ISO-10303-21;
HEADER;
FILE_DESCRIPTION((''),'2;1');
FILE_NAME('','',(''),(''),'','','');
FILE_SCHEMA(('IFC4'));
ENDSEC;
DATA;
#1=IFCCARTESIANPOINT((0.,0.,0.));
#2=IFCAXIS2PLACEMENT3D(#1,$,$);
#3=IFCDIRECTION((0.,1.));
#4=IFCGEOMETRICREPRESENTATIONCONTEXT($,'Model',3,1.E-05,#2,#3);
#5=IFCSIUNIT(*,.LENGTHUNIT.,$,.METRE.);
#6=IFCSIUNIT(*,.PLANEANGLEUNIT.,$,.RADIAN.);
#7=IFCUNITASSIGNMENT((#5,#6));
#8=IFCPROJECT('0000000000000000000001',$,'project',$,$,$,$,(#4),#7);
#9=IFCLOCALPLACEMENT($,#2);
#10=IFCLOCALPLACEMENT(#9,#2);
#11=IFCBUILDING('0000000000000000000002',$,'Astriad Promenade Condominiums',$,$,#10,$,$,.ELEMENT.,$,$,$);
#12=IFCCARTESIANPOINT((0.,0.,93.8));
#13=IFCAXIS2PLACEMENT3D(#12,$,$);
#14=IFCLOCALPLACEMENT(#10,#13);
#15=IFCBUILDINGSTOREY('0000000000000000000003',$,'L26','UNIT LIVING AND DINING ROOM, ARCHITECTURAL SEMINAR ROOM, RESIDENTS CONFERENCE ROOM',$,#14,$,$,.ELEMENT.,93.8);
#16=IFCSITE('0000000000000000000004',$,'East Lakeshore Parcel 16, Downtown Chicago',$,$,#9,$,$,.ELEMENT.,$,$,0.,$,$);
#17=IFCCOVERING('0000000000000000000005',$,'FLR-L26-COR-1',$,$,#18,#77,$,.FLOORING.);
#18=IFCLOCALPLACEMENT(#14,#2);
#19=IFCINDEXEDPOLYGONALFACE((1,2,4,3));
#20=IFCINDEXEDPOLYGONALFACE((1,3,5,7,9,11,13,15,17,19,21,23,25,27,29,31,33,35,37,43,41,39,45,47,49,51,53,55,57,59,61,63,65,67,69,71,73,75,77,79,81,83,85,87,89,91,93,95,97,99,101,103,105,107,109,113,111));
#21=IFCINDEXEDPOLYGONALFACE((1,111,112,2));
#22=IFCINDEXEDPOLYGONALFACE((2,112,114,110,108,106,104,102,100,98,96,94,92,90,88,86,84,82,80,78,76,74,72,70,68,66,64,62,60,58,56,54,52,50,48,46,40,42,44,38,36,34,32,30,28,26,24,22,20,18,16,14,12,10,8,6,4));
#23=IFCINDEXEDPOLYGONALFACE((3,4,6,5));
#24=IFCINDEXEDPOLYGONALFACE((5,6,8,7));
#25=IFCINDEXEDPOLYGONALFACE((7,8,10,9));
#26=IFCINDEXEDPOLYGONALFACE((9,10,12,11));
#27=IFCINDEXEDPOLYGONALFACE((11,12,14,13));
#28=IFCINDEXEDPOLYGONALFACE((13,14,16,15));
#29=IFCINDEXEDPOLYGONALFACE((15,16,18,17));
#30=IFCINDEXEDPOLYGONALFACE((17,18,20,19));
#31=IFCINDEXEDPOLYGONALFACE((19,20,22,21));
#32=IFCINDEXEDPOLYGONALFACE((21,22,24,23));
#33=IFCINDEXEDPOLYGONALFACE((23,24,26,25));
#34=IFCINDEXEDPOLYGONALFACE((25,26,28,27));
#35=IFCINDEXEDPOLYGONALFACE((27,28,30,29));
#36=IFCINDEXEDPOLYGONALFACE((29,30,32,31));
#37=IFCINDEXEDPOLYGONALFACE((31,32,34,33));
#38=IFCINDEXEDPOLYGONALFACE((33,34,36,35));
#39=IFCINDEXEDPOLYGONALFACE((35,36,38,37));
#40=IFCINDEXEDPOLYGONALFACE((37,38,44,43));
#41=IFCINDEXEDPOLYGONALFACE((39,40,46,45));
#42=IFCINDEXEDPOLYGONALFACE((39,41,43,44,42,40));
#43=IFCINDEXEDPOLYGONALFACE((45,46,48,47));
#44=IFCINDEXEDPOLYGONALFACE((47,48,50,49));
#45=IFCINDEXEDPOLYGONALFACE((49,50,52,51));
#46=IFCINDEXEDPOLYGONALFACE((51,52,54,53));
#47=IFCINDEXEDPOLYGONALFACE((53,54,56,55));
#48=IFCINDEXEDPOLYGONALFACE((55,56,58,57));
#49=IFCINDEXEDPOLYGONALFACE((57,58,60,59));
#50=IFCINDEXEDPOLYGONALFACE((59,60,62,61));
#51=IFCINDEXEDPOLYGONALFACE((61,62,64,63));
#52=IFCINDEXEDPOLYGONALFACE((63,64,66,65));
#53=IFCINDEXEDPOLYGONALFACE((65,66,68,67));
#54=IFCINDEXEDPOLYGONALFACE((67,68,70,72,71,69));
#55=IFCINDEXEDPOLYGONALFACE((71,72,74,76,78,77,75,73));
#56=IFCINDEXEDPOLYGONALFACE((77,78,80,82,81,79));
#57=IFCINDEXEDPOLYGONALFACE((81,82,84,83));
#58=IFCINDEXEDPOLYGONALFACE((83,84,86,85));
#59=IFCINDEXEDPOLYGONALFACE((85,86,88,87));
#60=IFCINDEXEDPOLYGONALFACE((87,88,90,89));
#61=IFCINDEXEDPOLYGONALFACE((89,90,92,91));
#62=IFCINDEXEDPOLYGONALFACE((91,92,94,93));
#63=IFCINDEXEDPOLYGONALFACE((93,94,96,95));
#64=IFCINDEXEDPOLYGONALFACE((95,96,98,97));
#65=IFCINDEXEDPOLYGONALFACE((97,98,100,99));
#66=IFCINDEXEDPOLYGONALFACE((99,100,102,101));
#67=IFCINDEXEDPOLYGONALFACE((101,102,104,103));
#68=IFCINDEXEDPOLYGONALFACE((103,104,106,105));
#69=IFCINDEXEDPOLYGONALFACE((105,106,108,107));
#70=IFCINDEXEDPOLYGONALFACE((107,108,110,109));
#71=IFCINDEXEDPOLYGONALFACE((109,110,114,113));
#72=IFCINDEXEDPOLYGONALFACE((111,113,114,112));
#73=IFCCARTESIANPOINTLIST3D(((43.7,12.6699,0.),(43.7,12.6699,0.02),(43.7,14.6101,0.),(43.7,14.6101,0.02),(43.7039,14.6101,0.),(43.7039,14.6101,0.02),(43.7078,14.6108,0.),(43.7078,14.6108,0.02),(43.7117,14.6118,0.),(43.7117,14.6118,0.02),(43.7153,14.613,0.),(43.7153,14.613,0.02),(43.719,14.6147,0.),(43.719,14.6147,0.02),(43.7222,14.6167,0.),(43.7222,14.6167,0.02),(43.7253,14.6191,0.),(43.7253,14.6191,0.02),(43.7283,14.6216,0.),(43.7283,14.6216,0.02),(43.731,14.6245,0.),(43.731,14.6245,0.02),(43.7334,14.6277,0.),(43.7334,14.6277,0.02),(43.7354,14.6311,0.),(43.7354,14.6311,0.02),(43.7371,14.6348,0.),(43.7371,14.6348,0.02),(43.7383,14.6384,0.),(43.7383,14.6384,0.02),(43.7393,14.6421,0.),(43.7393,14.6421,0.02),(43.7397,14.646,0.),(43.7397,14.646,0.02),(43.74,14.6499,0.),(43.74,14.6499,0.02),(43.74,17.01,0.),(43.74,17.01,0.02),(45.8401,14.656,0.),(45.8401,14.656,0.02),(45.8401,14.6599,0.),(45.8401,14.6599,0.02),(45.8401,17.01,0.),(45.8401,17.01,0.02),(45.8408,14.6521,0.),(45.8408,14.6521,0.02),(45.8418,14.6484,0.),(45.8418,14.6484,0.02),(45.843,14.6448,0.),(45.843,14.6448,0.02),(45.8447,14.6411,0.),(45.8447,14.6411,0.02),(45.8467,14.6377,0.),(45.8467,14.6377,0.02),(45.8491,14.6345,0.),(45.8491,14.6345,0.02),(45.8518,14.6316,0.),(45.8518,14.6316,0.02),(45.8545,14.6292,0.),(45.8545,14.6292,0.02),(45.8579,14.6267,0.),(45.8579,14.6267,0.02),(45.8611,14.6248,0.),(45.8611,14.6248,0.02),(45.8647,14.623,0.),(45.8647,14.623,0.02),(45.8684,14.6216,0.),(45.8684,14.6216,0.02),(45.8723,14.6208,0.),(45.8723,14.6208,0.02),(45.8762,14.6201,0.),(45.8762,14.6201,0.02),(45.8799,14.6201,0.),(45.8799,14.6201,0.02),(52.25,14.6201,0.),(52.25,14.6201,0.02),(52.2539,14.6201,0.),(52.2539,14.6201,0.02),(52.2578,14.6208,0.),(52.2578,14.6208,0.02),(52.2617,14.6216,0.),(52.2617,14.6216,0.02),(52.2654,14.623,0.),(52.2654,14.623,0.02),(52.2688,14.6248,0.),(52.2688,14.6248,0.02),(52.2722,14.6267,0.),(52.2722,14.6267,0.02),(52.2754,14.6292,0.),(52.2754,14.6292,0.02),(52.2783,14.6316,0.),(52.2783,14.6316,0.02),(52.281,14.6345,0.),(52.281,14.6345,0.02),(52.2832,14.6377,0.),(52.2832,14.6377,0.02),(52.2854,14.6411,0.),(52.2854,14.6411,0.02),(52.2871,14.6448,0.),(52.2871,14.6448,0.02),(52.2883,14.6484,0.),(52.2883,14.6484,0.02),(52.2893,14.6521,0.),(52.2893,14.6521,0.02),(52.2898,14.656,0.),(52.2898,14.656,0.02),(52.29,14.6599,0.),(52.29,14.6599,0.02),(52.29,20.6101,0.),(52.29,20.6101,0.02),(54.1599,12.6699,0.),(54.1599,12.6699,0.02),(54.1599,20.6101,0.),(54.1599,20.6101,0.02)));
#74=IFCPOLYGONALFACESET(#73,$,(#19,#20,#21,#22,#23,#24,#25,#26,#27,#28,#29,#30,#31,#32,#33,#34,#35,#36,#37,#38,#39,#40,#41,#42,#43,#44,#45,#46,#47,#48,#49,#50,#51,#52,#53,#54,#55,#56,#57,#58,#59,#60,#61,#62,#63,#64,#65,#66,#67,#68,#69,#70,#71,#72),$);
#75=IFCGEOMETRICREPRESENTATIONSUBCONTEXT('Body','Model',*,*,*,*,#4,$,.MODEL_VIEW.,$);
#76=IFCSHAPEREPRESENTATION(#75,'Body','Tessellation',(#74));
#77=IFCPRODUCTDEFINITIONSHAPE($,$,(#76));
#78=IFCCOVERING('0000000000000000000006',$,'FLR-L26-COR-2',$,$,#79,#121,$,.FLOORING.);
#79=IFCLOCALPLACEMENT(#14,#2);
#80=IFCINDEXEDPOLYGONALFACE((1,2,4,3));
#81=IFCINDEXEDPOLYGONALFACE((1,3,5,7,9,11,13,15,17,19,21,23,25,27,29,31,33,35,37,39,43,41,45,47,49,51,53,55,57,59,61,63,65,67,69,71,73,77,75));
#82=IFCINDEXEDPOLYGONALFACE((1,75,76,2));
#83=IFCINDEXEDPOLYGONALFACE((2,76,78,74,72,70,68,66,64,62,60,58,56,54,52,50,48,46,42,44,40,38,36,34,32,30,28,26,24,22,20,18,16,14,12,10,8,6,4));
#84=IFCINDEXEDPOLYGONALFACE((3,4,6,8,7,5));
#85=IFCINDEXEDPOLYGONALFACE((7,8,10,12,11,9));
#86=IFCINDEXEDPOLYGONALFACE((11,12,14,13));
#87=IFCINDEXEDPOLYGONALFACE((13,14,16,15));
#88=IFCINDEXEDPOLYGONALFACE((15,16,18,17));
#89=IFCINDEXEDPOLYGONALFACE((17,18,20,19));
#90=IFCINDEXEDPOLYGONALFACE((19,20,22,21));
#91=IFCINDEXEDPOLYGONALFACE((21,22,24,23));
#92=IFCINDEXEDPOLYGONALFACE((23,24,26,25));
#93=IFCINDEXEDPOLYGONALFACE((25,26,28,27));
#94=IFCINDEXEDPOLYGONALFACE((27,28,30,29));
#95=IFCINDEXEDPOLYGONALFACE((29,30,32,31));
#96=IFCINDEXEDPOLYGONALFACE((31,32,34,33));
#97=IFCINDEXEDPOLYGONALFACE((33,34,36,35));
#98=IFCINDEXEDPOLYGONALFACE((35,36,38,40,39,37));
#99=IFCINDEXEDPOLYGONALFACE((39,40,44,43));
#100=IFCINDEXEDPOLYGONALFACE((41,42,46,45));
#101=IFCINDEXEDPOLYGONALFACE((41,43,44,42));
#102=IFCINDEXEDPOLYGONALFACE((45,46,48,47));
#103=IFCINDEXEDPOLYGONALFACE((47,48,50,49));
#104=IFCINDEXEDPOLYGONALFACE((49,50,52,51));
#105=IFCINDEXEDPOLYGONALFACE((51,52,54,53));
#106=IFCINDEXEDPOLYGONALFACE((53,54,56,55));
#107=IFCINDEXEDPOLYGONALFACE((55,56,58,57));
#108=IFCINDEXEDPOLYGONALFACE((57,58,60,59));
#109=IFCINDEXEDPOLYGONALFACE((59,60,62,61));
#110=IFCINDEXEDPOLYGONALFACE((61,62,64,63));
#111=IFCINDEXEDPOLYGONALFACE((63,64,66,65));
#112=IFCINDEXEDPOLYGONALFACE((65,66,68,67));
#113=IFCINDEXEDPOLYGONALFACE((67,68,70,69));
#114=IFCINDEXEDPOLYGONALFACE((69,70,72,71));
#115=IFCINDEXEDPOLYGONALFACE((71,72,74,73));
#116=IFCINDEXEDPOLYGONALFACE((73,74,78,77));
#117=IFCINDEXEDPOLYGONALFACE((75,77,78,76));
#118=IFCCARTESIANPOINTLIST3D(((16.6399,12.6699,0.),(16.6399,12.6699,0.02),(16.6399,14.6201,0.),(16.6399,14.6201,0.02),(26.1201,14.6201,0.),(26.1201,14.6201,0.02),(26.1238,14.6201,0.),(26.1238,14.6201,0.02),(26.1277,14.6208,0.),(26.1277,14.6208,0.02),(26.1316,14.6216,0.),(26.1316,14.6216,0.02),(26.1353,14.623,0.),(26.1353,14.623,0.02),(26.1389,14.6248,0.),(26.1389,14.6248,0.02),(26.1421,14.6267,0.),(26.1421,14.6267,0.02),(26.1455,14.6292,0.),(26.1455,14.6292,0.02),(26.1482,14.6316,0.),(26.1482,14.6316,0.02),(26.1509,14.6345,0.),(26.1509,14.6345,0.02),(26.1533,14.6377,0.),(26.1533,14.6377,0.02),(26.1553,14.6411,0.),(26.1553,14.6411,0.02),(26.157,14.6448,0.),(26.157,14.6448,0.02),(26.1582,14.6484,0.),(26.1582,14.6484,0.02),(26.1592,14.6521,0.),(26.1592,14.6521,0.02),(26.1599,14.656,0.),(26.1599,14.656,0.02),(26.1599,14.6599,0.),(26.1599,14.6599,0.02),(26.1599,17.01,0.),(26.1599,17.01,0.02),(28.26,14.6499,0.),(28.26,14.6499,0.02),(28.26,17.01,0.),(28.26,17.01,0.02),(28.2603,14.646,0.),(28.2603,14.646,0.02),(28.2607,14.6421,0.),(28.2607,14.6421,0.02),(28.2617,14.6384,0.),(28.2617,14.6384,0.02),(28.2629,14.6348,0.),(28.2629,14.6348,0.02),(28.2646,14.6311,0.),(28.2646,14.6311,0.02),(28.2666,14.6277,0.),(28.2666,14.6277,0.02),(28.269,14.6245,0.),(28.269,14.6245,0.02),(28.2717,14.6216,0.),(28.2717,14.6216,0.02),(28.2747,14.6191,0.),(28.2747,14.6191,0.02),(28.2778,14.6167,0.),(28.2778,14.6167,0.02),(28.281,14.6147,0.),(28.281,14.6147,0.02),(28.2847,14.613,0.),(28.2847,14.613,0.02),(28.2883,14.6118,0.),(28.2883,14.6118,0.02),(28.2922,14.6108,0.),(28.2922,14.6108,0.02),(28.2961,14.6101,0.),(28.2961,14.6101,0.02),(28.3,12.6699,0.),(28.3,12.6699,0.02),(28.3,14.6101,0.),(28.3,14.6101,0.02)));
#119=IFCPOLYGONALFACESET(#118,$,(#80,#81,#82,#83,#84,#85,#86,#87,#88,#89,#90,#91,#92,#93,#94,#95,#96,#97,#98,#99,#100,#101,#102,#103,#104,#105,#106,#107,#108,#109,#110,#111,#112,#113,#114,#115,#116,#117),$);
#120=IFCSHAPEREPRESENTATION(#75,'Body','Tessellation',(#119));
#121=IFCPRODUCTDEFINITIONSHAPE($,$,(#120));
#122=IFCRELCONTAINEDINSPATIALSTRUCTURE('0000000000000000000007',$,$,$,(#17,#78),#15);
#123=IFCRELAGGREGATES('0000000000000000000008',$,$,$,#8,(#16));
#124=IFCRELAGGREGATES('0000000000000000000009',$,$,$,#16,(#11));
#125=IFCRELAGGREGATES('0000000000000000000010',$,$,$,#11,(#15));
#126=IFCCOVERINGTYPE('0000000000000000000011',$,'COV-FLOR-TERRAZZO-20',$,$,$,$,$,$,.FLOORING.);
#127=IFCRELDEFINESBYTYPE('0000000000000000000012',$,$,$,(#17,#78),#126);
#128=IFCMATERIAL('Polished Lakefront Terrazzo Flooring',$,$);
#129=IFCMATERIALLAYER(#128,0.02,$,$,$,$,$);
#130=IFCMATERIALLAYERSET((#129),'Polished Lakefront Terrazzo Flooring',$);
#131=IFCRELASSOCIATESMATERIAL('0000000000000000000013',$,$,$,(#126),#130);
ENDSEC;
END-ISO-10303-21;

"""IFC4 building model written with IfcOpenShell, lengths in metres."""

from ifc_helpers import new_model, si_unit, direction, frame, origin, place, context, subcontext, project, spatial, polyline, outline, extrude, material, layer, layer_set, type_object, element, save


model = new_model("IFC4")

# Units and contexts
model_context = context("Model", 3, precision=1e-05, world=origin(), true_north=direction((0.0, 1.0)))
body_context = subcontext(model_context, "Body", "Model", "MODEL_VIEW")
ifc_project = project(units=[si_unit("LENGTHUNIT", "METRE"), si_unit("PLANEANGLEUNIT", "RADIAN")], contexts=[model_context])

# Site, building, storey
site_placement = place(None, origin())
site = spatial("IfcSite", under=ifc_project, at=site_placement, Name="East Lakeshore Parcel 16, Downtown Chicago", CompositionType="ELEMENT", RefElevation=0.0)
building_placement = place(site_placement, origin())
building = spatial("IfcBuilding", under=site, at=building_placement, Name="Astriad Promenade Condominiums", CompositionType="ELEMENT")
storey_placement = place(building_placement, frame((0.0, 0.0, 93.8)))
storey = spatial("IfcBuildingStorey", under=building, at=storey_placement, Name="L26", Description="UNIT LIVING AND DINING ROOM, ARCHITECTURAL SEMINAR ROOM, RESIDENTS CONFERENCE ROOM", CompositionType="ELEMENT", Elevation=93.8)

# Coverings
ifc_material_1 = material(Name="Polished Lakefront Terrazzo Flooring")
ifc_layer_1 = layer(ifc_material_1, 0.02)
ifc_layer_set_1 = layer_set([ifc_layer_1], Name="Polished Lakefront Terrazzo Flooring")
covering_type = type_object("IfcCoveringType", Name="COV-FLOR-TERRAZZO-20", PredefinedType="FLOORING", material=ifc_layer_set_1)
covering_1_placement = place(storey_placement, origin())
element("IfcCovering", 1, at=covering_1_placement, inside=storey, type_object=covering_type, Name="FLR-L26-COR-1", PredefinedType="FLOORING", context=body_context, shape_type="SweptSolid", body=[
    extrude(outline(polyline([(43.7, 12.6699), (43.7, 14.6101), (43.7039, 14.6101), (43.7078, 14.6108), (43.7117, 14.6118), (43.7153, 14.613), (43.719, 14.6147), (43.7222, 14.6167), (43.7253, 14.6191), (43.7283, 14.6216), (43.731, 14.6245), (43.7334, 14.6277), (43.7354, 14.6311), (43.7371, 14.6348), (43.7383, 14.6384), (43.7393, 14.6421), (43.7397, 14.646), (43.74, 14.6499), (43.74, 17.01), (45.8401, 17.01), (45.8401, 14.6599), (45.8401, 14.656), (45.8408, 14.6521), (45.8418, 14.6484), (45.843, 14.6448), (45.8447, 14.6411), (45.8467, 14.6377), (45.8491, 14.6345), (45.8518, 14.6316), (45.8545, 14.6292), (45.8579, 14.6267), (45.8611, 14.6248), (45.8647, 14.623), (45.8684, 14.6216), (45.8723, 14.6208), (45.8762, 14.6201), (45.8799, 14.6201), (52.25, 14.6201), (52.2539, 14.6201), (52.2578, 14.6208), (52.2617, 14.6216), (52.2654, 14.623), (52.2688, 14.6248), (52.2722, 14.6267), (52.2754, 14.6292), (52.2783, 14.6316), (52.281, 14.6345), (52.2832, 14.6377), (52.2854, 14.6411), (52.2871, 14.6448), (52.2883, 14.6484), (52.2893, 14.6521), (52.2898, 14.656), (52.29, 14.6599), (52.29, 20.6101), (54.1599, 20.6101), (54.1599, 12.6699), (43.7, 12.6699)])), origin(), (0.0, 0.0, 1.0), 0.02),
])
covering_2_placement = place(storey_placement, origin())
element("IfcCovering", 2, at=covering_2_placement, inside=storey, type_object=covering_type, Name="FLR-L26-COR-2", PredefinedType="FLOORING", context=body_context, shape_type="SweptSolid", body=[
    extrude(outline(polyline([(28.3, 12.6699), (16.6399, 12.6699), (16.6399, 14.6201), (26.1201, 14.6201), (26.1238, 14.6201), (26.1277, 14.6208), (26.1316, 14.6216), (26.1353, 14.623), (26.1389, 14.6248), (26.1421, 14.6267), (26.1455, 14.6292), (26.1482, 14.6316), (26.1509, 14.6345), (26.1533, 14.6377), (26.1553, 14.6411), (26.157, 14.6448), (26.1582, 14.6484), (26.1592, 14.6521), (26.1599, 14.656), (26.1599, 14.6599), (26.1599, 17.01), (28.26, 17.01), (28.26, 14.6499), (28.2603, 14.646), (28.2607, 14.6421), (28.2617, 14.6384), (28.2629, 14.6348), (28.2646, 14.6311), (28.2666, 14.6277), (28.269, 14.6245), (28.2717, 14.6216), (28.2747, 14.6191), (28.2778, 14.6167), (28.281, 14.6147), (28.2847, 14.613), (28.2883, 14.6118), (28.2922, 14.6108), (28.2961, 14.6101), (28.3, 14.6101), (28.3, 12.6699)])), origin(), (0.0, 0.0, 1.0), 0.02),
])

save(model, "model.ifc")
